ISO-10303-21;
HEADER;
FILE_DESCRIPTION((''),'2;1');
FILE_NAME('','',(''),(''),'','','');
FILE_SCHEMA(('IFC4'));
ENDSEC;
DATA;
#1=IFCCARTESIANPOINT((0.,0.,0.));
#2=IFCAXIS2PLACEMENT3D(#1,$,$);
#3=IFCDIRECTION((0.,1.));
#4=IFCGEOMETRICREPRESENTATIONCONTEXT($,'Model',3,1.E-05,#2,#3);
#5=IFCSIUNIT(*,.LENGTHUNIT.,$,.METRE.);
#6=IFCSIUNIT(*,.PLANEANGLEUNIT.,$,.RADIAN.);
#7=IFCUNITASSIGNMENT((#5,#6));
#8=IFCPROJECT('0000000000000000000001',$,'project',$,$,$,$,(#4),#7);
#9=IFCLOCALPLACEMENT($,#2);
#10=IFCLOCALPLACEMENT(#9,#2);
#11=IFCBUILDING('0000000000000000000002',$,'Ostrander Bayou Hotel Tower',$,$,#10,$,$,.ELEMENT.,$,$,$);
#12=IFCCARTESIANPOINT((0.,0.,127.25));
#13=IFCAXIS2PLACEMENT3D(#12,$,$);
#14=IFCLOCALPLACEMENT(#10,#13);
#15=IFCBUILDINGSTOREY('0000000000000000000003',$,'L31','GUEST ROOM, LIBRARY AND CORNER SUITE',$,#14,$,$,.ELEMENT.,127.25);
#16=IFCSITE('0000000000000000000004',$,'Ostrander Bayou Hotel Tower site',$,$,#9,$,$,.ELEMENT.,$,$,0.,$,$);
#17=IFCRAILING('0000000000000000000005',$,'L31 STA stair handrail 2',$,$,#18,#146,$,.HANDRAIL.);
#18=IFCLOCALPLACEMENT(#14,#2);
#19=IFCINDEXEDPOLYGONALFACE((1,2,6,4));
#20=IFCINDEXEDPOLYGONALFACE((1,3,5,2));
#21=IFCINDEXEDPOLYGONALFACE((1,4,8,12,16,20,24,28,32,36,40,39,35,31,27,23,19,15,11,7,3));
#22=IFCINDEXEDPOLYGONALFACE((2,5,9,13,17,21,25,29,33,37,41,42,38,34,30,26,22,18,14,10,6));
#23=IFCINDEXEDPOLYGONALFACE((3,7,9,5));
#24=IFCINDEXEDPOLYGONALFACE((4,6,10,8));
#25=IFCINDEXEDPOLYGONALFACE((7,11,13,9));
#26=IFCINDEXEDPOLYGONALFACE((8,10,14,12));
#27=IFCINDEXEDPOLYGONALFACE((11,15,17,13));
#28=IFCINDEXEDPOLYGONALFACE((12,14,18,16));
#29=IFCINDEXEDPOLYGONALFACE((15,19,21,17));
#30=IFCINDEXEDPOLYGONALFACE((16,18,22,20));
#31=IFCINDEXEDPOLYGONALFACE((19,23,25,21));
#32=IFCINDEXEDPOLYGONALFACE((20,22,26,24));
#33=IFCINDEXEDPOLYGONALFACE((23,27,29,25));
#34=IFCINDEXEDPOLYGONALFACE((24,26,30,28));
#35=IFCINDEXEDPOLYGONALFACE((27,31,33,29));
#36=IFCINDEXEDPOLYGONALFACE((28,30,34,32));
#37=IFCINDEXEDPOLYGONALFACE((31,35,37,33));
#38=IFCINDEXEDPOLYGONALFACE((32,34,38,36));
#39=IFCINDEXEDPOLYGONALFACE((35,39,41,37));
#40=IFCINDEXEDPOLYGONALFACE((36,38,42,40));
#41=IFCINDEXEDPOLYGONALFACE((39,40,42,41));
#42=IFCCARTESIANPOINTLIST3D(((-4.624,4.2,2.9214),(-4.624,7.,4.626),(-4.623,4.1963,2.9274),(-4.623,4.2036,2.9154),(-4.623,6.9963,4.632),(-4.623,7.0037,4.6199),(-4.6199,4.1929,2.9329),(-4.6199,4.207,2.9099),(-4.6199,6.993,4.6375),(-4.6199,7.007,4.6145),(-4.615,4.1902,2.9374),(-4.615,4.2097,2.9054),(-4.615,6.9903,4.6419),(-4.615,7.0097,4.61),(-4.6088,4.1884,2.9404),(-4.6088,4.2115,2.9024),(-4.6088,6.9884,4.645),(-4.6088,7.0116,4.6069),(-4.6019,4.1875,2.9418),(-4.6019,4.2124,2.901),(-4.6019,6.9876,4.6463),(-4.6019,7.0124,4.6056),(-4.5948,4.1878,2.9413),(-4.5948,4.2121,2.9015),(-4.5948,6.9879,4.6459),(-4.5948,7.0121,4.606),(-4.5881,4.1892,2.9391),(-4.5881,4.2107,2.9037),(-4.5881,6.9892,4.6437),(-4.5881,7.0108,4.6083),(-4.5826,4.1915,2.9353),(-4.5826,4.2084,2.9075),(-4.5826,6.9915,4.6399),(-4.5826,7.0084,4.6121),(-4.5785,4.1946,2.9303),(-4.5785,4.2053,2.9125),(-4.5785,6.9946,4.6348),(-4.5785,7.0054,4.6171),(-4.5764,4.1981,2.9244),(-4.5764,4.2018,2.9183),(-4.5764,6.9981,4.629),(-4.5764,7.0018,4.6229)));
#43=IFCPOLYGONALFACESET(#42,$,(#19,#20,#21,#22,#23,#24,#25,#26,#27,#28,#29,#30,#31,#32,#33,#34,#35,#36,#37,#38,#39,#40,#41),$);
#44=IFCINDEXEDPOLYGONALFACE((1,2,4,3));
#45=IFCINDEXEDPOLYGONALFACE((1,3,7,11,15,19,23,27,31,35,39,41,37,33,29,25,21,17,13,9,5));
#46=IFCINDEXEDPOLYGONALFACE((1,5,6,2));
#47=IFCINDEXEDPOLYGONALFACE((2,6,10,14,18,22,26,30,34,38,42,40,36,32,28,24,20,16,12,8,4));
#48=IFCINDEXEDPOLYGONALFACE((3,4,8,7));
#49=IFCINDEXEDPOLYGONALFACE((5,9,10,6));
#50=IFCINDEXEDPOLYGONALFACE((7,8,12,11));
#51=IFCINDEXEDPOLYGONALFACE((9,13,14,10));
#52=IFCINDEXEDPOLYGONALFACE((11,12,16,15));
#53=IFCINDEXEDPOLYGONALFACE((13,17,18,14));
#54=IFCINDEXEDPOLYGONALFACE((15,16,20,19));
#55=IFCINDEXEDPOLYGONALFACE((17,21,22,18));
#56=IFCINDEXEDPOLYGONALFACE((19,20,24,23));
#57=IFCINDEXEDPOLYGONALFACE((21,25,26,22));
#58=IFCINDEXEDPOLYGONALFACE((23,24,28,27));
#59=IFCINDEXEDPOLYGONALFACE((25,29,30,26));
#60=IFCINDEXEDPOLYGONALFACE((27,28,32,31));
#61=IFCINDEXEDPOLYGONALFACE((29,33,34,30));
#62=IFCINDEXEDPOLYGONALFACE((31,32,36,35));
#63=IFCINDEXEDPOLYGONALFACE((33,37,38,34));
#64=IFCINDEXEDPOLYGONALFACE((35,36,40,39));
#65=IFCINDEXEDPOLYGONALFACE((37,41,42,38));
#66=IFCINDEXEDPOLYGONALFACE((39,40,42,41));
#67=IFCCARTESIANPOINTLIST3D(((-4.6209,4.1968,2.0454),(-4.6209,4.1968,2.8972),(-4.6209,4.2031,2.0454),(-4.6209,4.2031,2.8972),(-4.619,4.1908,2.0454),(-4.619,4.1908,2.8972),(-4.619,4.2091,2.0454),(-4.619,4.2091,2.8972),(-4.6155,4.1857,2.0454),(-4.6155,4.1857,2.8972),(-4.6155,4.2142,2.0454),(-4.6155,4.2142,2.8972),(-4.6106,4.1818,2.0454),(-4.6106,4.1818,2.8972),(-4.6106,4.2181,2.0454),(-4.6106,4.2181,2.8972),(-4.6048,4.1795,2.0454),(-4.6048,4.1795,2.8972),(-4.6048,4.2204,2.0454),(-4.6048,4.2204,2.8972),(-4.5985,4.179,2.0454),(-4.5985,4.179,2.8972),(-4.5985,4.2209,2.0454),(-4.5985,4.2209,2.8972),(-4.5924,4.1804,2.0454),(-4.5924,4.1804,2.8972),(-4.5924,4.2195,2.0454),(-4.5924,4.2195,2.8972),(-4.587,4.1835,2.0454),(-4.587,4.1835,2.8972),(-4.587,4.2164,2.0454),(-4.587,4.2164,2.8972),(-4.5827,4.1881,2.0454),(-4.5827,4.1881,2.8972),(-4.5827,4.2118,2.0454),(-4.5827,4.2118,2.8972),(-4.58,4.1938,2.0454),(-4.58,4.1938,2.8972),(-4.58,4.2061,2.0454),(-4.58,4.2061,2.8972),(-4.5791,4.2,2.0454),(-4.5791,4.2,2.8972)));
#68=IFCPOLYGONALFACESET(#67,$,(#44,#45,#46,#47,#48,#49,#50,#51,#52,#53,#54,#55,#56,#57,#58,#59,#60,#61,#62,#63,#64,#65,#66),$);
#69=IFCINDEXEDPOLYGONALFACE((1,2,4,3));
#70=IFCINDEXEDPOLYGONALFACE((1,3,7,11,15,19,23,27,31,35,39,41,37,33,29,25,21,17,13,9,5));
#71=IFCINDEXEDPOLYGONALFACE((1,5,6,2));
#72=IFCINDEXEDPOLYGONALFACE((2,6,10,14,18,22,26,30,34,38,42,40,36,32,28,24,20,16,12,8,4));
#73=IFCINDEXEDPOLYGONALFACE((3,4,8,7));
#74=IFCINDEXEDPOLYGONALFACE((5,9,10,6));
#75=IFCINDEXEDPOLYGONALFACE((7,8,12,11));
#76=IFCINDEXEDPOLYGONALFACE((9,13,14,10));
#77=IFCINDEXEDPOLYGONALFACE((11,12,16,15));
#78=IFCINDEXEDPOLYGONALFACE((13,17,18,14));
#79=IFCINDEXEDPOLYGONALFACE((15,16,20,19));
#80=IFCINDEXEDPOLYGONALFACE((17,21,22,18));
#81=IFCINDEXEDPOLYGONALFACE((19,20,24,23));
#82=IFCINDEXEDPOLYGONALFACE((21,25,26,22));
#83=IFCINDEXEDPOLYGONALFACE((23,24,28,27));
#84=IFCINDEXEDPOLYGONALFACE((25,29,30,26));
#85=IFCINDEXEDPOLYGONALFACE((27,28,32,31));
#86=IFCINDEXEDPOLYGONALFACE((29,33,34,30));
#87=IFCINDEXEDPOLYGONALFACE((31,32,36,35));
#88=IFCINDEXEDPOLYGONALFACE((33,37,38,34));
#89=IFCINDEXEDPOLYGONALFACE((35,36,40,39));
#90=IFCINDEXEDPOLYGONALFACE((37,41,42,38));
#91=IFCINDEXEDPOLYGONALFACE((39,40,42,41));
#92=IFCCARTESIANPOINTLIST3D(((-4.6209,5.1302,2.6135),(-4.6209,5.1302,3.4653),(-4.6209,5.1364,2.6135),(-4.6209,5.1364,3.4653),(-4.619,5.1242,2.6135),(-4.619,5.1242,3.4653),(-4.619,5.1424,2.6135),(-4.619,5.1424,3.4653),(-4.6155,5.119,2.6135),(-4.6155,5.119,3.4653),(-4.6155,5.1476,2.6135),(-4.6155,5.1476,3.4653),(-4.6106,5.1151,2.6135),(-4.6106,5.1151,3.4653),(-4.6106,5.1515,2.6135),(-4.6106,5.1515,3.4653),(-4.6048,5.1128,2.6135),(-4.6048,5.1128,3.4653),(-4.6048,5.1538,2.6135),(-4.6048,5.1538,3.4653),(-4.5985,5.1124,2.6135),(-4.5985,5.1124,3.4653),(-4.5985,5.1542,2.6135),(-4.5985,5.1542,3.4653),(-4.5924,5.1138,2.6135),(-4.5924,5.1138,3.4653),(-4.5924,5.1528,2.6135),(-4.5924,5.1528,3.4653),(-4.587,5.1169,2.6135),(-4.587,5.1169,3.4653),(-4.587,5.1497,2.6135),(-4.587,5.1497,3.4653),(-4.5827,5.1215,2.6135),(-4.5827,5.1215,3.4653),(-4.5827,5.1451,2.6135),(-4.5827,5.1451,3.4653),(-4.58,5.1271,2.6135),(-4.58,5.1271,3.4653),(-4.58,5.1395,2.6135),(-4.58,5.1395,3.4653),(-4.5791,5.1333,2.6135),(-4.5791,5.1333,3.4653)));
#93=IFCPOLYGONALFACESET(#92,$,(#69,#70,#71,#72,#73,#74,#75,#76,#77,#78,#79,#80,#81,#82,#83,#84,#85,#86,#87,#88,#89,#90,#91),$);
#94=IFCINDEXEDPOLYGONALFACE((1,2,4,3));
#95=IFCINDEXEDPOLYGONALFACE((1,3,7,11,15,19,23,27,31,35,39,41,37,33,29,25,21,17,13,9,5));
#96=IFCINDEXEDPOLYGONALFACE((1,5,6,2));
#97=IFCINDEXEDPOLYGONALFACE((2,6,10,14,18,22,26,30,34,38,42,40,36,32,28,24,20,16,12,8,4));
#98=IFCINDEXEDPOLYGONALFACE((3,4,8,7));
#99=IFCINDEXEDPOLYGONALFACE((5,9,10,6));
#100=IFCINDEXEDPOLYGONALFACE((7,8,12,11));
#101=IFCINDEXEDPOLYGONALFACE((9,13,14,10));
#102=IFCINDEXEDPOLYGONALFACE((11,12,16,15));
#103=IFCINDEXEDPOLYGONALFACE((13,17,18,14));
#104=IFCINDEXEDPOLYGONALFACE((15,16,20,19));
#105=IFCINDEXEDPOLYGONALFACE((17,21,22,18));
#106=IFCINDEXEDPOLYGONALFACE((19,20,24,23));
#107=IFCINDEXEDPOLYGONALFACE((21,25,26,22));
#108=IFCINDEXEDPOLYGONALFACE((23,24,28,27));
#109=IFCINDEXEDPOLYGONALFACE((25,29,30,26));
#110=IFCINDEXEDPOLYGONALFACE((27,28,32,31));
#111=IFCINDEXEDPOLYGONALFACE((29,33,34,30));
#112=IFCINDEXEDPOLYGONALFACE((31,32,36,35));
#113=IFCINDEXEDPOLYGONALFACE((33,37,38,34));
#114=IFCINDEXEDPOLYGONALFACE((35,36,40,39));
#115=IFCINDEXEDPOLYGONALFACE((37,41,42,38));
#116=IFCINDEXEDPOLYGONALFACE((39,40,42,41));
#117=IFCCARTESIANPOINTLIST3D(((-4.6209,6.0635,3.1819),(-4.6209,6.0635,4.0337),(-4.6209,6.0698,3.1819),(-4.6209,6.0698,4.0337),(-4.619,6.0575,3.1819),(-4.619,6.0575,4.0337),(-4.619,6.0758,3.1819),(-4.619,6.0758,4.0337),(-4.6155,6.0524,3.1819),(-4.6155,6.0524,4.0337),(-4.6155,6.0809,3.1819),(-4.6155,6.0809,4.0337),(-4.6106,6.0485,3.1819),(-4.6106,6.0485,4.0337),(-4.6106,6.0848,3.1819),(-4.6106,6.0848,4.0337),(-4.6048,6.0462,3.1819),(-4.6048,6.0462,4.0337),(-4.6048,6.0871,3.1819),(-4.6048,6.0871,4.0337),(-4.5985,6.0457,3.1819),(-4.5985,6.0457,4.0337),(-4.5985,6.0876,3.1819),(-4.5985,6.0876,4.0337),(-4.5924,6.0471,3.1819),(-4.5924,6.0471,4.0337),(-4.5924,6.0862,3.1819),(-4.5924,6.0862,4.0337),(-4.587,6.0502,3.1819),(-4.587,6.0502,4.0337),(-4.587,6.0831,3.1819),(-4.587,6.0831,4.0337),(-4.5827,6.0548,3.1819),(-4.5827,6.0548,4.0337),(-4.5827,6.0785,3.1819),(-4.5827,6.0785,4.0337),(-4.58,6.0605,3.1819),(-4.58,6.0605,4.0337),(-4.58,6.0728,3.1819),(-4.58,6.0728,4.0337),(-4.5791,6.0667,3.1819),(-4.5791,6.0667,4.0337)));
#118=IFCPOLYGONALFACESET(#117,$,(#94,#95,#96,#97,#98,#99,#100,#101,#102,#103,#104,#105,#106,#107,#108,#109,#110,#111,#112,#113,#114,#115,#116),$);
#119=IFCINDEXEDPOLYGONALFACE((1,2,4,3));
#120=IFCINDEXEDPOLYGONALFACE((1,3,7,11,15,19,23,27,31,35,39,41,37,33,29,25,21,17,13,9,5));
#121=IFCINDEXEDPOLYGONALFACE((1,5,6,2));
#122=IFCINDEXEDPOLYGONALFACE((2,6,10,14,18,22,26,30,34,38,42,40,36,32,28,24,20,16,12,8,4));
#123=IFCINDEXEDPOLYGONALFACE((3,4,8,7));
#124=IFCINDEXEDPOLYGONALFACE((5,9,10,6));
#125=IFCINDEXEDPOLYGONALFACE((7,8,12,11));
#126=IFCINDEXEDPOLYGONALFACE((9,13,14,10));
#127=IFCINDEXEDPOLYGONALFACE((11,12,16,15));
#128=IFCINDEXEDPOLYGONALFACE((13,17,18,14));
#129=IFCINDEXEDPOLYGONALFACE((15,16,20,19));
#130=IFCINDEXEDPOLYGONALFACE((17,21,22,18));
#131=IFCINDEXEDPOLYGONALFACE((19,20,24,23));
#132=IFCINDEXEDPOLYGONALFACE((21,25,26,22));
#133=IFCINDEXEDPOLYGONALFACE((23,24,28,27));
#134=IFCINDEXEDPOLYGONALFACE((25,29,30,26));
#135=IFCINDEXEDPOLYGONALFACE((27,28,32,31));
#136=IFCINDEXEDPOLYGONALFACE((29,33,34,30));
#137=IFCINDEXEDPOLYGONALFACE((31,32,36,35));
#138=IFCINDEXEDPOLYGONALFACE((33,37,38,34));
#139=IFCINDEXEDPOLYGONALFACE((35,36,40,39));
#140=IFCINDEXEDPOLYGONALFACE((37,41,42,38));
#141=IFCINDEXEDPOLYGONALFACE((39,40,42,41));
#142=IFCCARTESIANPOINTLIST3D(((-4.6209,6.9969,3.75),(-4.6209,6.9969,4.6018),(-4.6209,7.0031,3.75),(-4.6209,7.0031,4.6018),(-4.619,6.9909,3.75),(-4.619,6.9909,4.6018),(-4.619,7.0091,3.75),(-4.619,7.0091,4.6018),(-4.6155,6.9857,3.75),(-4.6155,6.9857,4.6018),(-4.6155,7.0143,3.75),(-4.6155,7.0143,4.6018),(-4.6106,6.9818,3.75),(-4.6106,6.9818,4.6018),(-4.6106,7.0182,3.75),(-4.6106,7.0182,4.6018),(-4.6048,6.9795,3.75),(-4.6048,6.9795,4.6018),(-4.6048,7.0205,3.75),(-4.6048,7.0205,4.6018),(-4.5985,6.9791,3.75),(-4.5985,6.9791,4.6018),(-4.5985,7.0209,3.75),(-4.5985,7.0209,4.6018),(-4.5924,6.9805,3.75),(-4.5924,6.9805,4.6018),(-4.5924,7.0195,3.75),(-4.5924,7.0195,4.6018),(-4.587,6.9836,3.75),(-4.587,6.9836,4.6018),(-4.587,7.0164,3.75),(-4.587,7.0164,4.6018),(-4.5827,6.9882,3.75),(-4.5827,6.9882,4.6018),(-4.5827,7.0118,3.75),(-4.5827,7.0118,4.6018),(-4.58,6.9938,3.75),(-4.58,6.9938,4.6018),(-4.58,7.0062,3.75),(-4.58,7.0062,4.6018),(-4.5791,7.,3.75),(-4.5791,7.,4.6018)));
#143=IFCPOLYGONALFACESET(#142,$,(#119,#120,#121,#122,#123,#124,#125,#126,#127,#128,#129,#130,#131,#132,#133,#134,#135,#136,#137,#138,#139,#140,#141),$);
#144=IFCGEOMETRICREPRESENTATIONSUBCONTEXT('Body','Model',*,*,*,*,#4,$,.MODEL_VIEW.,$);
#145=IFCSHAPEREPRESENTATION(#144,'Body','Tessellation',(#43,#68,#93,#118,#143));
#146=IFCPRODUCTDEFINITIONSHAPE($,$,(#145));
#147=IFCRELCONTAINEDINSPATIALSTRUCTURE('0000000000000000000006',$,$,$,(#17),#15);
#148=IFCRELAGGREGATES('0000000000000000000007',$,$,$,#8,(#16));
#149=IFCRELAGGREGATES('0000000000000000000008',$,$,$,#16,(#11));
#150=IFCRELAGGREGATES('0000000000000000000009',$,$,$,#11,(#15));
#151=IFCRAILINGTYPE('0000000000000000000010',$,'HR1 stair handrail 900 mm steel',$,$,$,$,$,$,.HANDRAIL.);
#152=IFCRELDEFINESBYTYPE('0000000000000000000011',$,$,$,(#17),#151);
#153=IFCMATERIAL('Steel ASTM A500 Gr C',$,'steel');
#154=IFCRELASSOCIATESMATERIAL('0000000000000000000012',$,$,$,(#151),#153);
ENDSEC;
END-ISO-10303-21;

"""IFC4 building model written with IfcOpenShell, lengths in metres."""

from ifc_helpers import new_model, si_unit, direction, frame, origin, origin_2d, place, context, subcontext, project, spatial, circle, extrude, material, type_object, element, save


model = new_model("IFC4")

# Units and contexts
model_context = context("Model", 3, precision=1e-05, world=origin(), true_north=direction((0.0, 1.0)))
body_context = subcontext(model_context, "Body", "Model", "MODEL_VIEW")
ifc_project = project(units=[si_unit("LENGTHUNIT", "METRE"), si_unit("PLANEANGLEUNIT", "RADIAN")], contexts=[model_context])

# Site, building, storey
site_placement = place(None, origin())
site = spatial("IfcSite", under=ifc_project, at=site_placement, Name="Ostrander Bayou Hotel Tower site", CompositionType="ELEMENT", RefElevation=0.0)
building_placement = place(site_placement, origin())
building = spatial("IfcBuilding", under=site, at=building_placement, Name="Ostrander Bayou Hotel Tower", CompositionType="ELEMENT")
storey_placement = place(building_placement, frame((0.0, 0.0, 127.25)))
storey = spatial("IfcBuildingStorey", under=building, at=storey_placement, Name="L31", Description="GUEST ROOM, LIBRARY AND CORNER SUITE", CompositionType="ELEMENT", Elevation=127.25)

# Railing
ifc_material_1 = material(Name="Steel ASTM A500 Gr C", Category="steel")
railing_type_1 = type_object("IfcRailingType", Name="HR1 stair handrail 900 mm steel", PredefinedType="HANDRAIL", material=ifc_material_1)
railing_1_placement = place(storey_placement, frame((-4.6001, 4.2, 2.0454)))
element("IfcRailing", 1, at=railing_1_placement, inside=storey, type_object=railing_type_1, Name="L31 STA stair handrail 2", PredefinedType="HANDRAIL", context=body_context, shape_type="SweptSolid", body=[
    extrude(circle(Radius=0.0239, at=origin_2d()), frame((0.0, 0.0, 0.876), z_axis=(0.0, 0.85417, 0.519994), x_axis=(-1.0, 0.0, 0.0)), (0.0, 0.0, 1.0), 3.2781),
    extrude(circle(Radius=0.021, at=origin_2d()), origin(), (0.0, 0.0, 1.0), 0.8518),
    extrude(circle(Radius=0.021, at=origin_2d()), frame((0.0, 0.9333, 0.5681)), (0.0, 0.0, 1.0), 0.8518),
    extrude(circle(Radius=0.021, at=origin_2d()), frame((0.0, 1.8667, 1.1365)), (0.0, 0.0, 1.0), 0.8518),
    extrude(circle(Radius=0.021, at=origin_2d()), frame((0.0, 2.8, 1.7046)), (0.0, 0.0, 1.0), 0.8518),
])

save(model, "model.ifc")
